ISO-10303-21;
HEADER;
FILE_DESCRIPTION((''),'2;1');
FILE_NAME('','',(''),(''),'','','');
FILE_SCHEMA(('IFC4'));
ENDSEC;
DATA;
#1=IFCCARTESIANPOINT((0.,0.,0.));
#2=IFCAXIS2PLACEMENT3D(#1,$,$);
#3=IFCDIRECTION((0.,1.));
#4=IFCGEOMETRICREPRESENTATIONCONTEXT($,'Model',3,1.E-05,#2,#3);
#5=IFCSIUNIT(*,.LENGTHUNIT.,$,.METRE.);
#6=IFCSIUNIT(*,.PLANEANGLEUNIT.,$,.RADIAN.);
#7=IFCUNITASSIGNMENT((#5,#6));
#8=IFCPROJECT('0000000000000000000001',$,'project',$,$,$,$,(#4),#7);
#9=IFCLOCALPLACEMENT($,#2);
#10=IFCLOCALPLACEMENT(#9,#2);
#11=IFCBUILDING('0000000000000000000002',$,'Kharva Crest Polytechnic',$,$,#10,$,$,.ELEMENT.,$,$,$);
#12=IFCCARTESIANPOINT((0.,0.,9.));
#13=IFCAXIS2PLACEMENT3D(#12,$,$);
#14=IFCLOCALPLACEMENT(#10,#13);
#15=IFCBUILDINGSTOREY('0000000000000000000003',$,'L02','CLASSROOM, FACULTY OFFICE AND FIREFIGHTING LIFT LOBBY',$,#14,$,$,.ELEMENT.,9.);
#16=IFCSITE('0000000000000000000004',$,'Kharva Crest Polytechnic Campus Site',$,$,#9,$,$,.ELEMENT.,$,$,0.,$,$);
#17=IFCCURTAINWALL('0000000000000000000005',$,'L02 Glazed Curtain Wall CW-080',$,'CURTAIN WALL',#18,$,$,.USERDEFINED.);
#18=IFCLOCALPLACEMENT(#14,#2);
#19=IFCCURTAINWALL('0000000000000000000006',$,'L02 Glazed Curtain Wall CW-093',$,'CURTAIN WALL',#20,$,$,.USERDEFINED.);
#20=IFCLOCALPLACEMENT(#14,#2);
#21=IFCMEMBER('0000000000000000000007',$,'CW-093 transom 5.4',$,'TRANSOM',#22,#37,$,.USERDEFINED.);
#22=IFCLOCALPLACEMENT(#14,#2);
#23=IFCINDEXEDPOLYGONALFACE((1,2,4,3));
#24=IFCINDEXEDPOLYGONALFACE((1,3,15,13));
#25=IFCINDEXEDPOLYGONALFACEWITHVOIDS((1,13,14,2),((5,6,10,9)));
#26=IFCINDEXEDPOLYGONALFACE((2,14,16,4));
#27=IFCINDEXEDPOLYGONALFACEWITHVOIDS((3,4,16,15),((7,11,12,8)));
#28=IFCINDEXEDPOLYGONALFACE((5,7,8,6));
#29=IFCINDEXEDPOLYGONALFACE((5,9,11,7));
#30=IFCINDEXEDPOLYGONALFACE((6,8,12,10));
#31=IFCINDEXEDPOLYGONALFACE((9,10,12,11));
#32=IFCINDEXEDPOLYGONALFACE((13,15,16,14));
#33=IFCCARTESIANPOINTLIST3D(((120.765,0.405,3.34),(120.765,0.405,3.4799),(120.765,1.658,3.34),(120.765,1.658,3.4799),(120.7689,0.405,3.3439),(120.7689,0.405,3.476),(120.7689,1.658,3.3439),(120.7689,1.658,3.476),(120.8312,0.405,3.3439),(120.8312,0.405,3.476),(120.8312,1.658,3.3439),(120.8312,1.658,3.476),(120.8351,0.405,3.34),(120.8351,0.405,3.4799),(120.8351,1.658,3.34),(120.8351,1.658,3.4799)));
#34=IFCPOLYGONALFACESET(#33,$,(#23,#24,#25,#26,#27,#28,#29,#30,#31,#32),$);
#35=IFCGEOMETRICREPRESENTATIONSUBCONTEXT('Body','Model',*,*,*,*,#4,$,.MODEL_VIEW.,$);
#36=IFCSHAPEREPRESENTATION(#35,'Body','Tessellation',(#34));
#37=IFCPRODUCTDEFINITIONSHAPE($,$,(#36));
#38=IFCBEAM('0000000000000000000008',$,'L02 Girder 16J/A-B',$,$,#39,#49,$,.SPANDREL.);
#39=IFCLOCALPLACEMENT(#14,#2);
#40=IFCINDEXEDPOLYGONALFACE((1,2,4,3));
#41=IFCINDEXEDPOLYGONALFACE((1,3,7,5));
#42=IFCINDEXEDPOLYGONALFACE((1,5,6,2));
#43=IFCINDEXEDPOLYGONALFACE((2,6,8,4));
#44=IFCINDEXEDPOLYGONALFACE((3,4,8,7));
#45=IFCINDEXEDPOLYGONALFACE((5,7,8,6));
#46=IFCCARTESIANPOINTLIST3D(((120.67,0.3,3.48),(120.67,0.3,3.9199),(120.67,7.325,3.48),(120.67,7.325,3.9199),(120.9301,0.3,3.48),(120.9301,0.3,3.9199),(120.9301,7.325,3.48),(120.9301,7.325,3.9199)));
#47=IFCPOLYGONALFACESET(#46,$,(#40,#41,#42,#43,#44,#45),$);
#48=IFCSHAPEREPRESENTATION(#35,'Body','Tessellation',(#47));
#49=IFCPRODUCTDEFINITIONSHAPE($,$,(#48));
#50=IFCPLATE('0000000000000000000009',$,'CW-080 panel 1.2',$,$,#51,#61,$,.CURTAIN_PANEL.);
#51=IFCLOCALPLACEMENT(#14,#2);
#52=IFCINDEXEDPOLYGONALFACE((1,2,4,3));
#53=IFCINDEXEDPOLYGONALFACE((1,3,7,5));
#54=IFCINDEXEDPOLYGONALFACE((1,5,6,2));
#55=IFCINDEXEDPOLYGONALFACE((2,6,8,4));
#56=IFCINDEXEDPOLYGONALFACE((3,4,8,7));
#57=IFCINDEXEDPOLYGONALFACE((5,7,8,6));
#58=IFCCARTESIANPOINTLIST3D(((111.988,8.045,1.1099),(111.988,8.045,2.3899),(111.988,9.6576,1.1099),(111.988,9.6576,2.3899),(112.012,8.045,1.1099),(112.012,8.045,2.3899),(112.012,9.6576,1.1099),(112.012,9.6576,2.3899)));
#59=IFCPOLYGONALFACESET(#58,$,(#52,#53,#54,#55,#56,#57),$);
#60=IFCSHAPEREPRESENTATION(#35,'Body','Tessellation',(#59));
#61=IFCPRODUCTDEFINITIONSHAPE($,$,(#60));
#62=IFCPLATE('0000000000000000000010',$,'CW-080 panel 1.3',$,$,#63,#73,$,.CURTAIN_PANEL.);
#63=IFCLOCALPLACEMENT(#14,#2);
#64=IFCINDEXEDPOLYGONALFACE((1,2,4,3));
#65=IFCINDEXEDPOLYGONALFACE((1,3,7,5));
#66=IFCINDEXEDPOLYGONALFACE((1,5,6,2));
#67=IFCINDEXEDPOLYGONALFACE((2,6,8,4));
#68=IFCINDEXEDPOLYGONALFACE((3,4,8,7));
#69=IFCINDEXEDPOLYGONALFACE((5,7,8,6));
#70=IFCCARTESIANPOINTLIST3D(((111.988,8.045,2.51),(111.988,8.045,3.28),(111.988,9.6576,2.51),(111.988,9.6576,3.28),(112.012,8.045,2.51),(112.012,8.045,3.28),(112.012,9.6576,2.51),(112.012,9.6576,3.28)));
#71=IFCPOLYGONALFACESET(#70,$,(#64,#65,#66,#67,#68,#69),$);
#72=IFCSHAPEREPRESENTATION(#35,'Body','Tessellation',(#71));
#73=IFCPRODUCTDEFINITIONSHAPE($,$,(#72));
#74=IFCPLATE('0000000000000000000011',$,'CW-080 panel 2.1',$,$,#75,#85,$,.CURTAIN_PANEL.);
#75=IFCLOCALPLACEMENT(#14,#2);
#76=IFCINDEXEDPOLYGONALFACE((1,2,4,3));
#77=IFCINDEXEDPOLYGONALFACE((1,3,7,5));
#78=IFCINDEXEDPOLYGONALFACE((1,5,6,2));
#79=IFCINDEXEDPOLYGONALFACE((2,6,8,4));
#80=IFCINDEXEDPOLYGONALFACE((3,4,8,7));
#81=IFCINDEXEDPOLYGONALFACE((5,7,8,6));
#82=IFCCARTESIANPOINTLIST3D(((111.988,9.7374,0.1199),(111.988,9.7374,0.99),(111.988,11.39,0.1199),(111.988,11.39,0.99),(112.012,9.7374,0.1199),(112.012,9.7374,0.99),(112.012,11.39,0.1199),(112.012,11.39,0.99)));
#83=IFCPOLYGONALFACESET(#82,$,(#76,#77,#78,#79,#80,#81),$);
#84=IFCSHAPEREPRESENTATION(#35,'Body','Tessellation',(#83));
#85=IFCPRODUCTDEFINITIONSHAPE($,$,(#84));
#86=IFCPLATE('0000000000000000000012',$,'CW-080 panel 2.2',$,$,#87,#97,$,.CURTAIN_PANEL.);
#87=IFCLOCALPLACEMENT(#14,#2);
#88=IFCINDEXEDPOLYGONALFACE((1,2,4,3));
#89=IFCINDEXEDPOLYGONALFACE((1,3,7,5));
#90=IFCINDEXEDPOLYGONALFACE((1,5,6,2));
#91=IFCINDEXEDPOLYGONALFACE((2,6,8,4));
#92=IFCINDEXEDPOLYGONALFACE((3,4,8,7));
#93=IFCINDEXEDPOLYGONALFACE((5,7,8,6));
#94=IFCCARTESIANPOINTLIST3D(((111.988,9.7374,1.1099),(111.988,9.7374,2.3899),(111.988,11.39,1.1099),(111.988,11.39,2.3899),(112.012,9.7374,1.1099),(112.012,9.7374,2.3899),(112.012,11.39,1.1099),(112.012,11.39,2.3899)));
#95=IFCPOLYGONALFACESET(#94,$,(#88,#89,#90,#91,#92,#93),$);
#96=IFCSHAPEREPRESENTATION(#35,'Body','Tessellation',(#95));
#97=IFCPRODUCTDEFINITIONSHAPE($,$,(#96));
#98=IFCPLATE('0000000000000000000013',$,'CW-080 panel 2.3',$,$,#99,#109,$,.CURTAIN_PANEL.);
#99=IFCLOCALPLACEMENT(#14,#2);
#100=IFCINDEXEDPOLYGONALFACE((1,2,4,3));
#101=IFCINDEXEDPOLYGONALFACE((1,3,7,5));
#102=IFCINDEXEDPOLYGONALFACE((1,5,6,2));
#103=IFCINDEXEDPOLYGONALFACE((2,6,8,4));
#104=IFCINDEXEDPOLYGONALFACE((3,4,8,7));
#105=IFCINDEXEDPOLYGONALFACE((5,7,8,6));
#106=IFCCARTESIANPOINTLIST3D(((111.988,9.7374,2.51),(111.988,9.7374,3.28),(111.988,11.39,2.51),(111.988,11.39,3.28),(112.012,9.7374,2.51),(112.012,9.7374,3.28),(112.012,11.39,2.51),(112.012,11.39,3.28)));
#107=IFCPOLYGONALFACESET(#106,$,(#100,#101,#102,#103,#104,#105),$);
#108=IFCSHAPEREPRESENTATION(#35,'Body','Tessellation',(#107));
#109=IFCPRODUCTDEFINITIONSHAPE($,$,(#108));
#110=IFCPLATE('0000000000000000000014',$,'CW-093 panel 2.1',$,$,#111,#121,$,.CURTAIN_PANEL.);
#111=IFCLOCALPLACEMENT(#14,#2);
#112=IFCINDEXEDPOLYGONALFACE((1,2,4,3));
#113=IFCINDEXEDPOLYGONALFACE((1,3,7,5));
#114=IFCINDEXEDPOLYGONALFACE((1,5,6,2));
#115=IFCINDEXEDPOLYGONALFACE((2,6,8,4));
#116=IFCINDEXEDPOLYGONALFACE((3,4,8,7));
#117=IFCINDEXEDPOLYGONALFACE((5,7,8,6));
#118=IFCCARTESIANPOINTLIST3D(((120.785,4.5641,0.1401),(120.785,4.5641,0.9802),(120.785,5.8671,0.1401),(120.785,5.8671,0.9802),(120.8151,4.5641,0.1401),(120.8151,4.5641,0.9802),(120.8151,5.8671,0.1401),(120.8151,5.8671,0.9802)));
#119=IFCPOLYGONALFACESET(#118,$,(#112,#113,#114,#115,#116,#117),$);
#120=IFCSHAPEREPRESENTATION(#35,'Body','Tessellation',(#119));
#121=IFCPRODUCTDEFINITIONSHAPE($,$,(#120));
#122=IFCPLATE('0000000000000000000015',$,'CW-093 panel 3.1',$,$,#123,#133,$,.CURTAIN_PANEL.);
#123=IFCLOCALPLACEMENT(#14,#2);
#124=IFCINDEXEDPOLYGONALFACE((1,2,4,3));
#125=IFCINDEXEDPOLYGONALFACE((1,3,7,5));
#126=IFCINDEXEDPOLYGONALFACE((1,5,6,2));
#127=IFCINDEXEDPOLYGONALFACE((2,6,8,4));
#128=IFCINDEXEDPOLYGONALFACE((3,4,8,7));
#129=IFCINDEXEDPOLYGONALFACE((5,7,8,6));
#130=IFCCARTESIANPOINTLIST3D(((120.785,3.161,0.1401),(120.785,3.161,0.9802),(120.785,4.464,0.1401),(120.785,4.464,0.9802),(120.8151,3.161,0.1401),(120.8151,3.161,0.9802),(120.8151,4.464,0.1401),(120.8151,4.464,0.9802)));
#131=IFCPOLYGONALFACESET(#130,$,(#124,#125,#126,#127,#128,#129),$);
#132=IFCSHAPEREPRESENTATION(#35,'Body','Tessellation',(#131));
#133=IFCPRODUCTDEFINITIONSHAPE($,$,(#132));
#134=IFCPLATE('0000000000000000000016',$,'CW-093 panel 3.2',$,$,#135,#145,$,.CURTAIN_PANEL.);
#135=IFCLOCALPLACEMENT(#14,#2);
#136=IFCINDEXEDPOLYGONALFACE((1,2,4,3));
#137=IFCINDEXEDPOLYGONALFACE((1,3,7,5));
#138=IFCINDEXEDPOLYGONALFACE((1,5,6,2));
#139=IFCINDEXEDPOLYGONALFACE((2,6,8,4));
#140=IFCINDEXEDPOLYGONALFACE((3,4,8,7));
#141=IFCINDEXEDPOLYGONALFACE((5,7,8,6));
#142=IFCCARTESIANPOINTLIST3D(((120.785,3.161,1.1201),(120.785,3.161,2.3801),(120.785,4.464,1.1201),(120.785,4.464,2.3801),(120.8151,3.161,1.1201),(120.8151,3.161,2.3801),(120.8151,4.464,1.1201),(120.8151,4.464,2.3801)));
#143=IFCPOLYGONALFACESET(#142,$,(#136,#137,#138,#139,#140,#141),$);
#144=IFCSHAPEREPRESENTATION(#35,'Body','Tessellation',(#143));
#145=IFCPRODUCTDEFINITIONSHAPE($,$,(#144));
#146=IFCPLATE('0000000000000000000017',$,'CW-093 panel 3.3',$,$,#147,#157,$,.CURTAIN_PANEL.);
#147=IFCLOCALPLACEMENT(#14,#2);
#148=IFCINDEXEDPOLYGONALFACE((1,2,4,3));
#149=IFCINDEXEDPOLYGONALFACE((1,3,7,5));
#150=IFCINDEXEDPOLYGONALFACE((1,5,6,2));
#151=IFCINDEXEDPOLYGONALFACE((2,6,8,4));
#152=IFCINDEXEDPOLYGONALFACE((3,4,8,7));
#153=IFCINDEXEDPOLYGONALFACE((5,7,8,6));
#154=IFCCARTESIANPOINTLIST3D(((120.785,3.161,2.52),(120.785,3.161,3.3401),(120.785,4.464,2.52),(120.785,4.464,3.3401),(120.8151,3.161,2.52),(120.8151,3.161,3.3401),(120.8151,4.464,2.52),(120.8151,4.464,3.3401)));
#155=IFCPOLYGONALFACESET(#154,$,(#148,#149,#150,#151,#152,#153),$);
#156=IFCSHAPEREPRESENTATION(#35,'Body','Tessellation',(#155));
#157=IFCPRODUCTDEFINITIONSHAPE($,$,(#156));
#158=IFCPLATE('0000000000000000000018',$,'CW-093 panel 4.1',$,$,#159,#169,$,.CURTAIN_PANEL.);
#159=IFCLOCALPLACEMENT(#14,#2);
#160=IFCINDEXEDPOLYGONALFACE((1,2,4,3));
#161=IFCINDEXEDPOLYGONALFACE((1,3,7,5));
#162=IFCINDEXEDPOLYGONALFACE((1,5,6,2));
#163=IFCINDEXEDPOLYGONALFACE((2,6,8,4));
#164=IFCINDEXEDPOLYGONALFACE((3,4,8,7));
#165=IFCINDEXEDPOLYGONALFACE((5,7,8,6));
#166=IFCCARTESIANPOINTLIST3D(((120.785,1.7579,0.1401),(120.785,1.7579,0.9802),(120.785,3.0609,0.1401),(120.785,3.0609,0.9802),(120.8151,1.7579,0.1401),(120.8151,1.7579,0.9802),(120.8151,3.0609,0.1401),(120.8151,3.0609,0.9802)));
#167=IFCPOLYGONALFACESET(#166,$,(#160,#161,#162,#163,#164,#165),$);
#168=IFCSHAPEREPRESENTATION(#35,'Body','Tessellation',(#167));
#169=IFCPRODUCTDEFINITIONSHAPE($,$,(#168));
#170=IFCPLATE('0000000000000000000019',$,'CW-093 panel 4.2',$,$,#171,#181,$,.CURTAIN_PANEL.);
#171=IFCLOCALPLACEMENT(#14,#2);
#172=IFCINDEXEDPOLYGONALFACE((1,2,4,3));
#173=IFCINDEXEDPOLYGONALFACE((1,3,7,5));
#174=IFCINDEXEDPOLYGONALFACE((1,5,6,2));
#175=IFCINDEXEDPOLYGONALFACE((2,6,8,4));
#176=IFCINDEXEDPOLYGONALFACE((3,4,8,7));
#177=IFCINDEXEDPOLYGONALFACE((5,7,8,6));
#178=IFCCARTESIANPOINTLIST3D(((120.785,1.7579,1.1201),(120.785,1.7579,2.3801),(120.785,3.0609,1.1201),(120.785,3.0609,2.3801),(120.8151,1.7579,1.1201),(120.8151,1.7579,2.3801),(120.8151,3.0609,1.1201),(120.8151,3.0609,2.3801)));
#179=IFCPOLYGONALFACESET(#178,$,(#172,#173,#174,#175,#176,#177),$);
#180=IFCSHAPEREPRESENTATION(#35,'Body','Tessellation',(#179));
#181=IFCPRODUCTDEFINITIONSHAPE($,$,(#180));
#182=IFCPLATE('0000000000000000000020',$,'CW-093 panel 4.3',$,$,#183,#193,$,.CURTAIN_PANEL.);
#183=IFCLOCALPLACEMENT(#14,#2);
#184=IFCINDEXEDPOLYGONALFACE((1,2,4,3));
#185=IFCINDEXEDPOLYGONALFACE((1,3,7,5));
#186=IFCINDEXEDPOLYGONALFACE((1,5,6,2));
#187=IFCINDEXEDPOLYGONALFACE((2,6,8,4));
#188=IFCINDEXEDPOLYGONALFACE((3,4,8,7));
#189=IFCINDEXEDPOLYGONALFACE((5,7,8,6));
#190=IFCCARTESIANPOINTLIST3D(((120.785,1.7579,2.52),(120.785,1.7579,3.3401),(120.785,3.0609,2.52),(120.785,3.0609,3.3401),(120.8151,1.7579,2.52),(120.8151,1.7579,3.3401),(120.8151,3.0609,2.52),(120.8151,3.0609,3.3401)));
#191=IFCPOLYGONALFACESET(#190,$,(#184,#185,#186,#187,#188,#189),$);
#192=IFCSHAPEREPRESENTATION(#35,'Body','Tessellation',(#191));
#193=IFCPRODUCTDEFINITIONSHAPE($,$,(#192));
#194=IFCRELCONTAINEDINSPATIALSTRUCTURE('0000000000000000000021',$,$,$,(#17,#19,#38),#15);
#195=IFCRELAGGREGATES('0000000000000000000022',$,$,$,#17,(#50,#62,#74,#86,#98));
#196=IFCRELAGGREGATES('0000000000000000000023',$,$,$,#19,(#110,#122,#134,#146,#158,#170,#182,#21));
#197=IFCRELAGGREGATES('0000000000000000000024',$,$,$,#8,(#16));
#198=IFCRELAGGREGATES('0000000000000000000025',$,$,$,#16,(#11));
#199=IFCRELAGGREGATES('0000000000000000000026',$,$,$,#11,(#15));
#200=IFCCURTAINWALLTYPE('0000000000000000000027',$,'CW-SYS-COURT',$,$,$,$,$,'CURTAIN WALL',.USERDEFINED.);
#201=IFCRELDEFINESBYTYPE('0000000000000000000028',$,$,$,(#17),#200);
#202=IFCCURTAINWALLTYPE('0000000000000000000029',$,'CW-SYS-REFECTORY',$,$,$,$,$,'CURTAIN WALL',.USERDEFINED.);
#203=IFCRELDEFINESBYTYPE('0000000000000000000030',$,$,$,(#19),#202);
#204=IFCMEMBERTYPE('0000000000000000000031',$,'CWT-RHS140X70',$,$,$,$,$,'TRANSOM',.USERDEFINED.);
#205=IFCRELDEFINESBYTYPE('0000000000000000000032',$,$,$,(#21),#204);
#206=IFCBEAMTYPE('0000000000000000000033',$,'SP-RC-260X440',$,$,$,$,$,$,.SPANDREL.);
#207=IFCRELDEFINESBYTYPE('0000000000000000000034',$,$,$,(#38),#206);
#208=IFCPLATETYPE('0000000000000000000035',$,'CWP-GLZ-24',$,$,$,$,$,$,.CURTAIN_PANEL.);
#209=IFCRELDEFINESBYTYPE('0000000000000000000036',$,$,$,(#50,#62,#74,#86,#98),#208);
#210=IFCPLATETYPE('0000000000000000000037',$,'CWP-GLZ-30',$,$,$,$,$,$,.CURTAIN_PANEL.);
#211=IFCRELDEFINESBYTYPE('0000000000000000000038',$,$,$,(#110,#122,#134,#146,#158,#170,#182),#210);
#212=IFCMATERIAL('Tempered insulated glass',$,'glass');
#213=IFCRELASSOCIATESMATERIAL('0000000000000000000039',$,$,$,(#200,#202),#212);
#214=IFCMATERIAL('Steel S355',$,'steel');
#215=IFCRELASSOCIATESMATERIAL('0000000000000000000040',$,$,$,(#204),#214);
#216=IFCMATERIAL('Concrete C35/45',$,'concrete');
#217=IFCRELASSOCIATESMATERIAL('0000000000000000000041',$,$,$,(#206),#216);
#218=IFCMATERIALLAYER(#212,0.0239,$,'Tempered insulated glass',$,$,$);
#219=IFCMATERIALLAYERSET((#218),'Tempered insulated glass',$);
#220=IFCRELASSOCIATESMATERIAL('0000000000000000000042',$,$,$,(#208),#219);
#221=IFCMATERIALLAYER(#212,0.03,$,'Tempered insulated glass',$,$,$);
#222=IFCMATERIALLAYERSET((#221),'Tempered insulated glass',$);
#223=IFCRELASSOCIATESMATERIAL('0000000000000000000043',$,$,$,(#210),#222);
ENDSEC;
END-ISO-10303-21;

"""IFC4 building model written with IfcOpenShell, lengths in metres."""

from ifc_helpers import new_model, si_unit, direction, frame, origin, origin_2d, place, context, subcontext, project, spatial, rectangle, hollow_rectangle, extrude, material, layer, layer_set, material_profile, profile_set, type_object, element, aggregate, save


model = new_model("IFC4")

# Units and contexts
model_context = context("Model", 3, precision=1e-05, world=origin(), true_north=direction((0.0, 1.0)))
body_context = subcontext(model_context, "Body", "Model", "MODEL_VIEW")
ifc_project = project(units=[si_unit("LENGTHUNIT", "METRE"), si_unit("PLANEANGLEUNIT", "RADIAN")], contexts=[model_context])

# Site, building, storey
site_placement = place(None, origin())
site = spatial("IfcSite", under=ifc_project, at=site_placement, Name="Kharva Crest Polytechnic Campus Site", CompositionType="ELEMENT", RefElevation=0.0)
building_placement = place(site_placement, origin())
building = spatial("IfcBuilding", under=site, at=building_placement, Name="Kharva Crest Polytechnic", CompositionType="ELEMENT")
storey_placement = place(building_placement, frame((0.0, 0.0, 9.0)))
storey = spatial("IfcBuildingStorey", under=building, at=storey_placement, Name="L02", Description="CLASSROOM, FACULTY OFFICE AND FIREFIGHTING LIFT LOBBY", CompositionType="ELEMENT", Elevation=9.0)

# Curtain wall
ifc_material_1 = material(Name="Tempered insulated glass", Category="glass")
curtain_wall_type_1 = type_object("IfcCurtainWallType", Name="CW-SYS-COURT", ElementType="CURTAIN WALL", PredefinedType="USERDEFINED", material=ifc_material_1)
curtain_wall_1_placement = place(storey_placement, origin())
curtain_wall_1 = element("IfcCurtainWall", 1, at=curtain_wall_1_placement, inside=storey, type_object=curtain_wall_type_1, Name="L02 Glazed Curtain Wall CW-080", ObjectType="CURTAIN WALL", PredefinedType="USERDEFINED")
ifc_material_2 = material(Name="Steel S355", Category="steel")

# Curtain wall
curtain_wall_type_2 = type_object("IfcCurtainWallType", Name="CW-SYS-REFECTORY", ElementType="CURTAIN WALL", PredefinedType="USERDEFINED", material=ifc_material_1)
curtain_wall_2_placement = place(storey_placement, origin())
curtain_wall_2 = element("IfcCurtainWall", 2, at=curtain_wall_2_placement, inside=storey, type_object=curtain_wall_type_2, Name="L02 Glazed Curtain Wall CW-093", ObjectType="CURTAIN WALL", PredefinedType="USERDEFINED")

# Member
ifc_material_profile_1 = material_profile(ifc_material_2, hollow_rectangle(XDim=0.0701, YDim=0.1399, WallThickness=0.0039, at=origin_2d()), Name="RHS 140X70X4.0")
ifc_profile_set_1 = profile_set([ifc_material_profile_1], Name="Steel S355")
member_type_1 = type_object("IfcMemberType", Name="CWT-RHS140X70", ElementType="TRANSOM", PredefinedType="USERDEFINED", material=ifc_profile_set_1)
member_1_placement = place(storey_placement, frame((120.8, 1.658, 3.4099), z_axis=(0.0, -1.0, 0.0), x_axis=(1.0, 0.0, 0.0)))
member_1 = element("IfcMember", 3, at=member_1_placement, type_object=member_type_1, Name="CW-093 transom 5.4", ObjectType="TRANSOM", PredefinedType="USERDEFINED", context=body_context, shape_type="SweptSolid", body=[
    extrude(hollow_rectangle(XDim=0.0701, YDim=0.1399, WallThickness=0.0039, at=origin_2d()), origin(), (0.0, 0.0, 1.0), 1.2529),
])

# Beam
ifc_material_3 = material(Name="Concrete C35/45", Category="concrete")
ifc_material_profile_2 = material_profile(ifc_material_3, rectangle(XDim=0.26, YDim=0.4399, at=origin_2d()), Name="RECT 260 X 440")
ifc_profile_set_2 = profile_set([ifc_material_profile_2], Name="Concrete C35/45")
beam_type = type_object("IfcBeamType", Name="SP-RC-260X440", PredefinedType="SPANDREL", material=ifc_profile_set_2)
beam_placement = place(storey_placement, frame((120.8, 0.3, 3.7), z_axis=(0.0, 1.0, 0.0), x_axis=(-1.0, 0.0, 0.0)))
element("IfcBeam", 4, at=beam_placement, inside=storey, type_object=beam_type, Name="L02 Girder 16J/A-B", PredefinedType="SPANDREL", context=body_context, shape_type="SweptSolid", body=[
    extrude(rectangle(XDim=0.26, YDim=0.4399, at=origin_2d()), origin(), (0.0, 0.0, 1.0), 7.0249),
])

# Plates
ifc_layer_1 = layer(ifc_material_1, 0.0239, Name="Tempered insulated glass")
ifc_layer_set_1 = layer_set([ifc_layer_1], Name="Tempered insulated glass")
plate_type_1 = type_object("IfcPlateType", Name="CWP-GLZ-24", PredefinedType="CURTAIN_PANEL", material=ifc_layer_set_1)
plate_1_placement = place(storey_placement, frame((112.0, 8.8513, 1.1099), z_axis=(0.0, 0.0, 1.0), x_axis=(0.0, 1.0, 0.0)))
plate_1 = element("IfcPlate", 5, at=plate_1_placement, type_object=plate_type_1, Name="CW-080 panel 1.2", PredefinedType="CURTAIN_PANEL", context=body_context, shape_type="SweptSolid", body=[
    extrude(rectangle(XDim=1.6125, YDim=0.0239, at=origin_2d()), origin(), (0.0, 0.0, 1.0), 1.28),
])
plate_2_placement = place(storey_placement, frame((112.0, 8.8513, 2.51), z_axis=(0.0, 0.0, 1.0), x_axis=(0.0, 1.0, 0.0)))
plate_2 = element("IfcPlate", 6, at=plate_2_placement, type_object=plate_type_1, Name="CW-080 panel 1.3", PredefinedType="CURTAIN_PANEL", context=body_context, shape_type="SweptSolid", body=[
    extrude(rectangle(XDim=1.6125, YDim=0.0239, at=origin_2d()), origin(), (0.0, 0.0, 1.0), 0.77),
])
plate_3_placement = place(storey_placement, frame((112.0, 10.5637, 0.1199), z_axis=(0.0, 0.0, 1.0), x_axis=(0.0, 1.0, 0.0)))
plate_3 = element("IfcPlate", 7, at=plate_3_placement, type_object=plate_type_1, Name="CW-080 panel 2.1", PredefinedType="CURTAIN_PANEL", context=body_context, shape_type="SweptSolid", body=[
    extrude(rectangle(XDim=1.6526, YDim=0.0239, at=origin_2d()), origin(), (0.0, 0.0, 1.0), 0.8701),
])
plate_4_placement = place(storey_placement, frame((112.0, 10.5637, 1.1099), z_axis=(0.0, 0.0, 1.0), x_axis=(0.0, 1.0, 0.0)))
plate_4 = element("IfcPlate", 8, at=plate_4_placement, type_object=plate_type_1, Name="CW-080 panel 2.2", PredefinedType="CURTAIN_PANEL", context=body_context, shape_type="SweptSolid", body=[
    extrude(rectangle(XDim=1.6526, YDim=0.0239, at=origin_2d()), origin(), (0.0, 0.0, 1.0), 1.28),
])
plate_5_placement = place(storey_placement, frame((112.0, 10.5637, 2.51), z_axis=(0.0, 0.0, 1.0), x_axis=(0.0, 1.0, 0.0)))
plate_5 = element("IfcPlate", 9, at=plate_5_placement, type_object=plate_type_1, Name="CW-080 panel 2.3", PredefinedType="CURTAIN_PANEL", context=body_context, shape_type="SweptSolid", body=[
    extrude(rectangle(XDim=1.6526, YDim=0.0239, at=origin_2d()), origin(), (0.0, 0.0, 1.0), 0.77),
])
aggregate(curtain_wall_1, [plate_1, plate_2, plate_3, plate_4, plate_5])
ifc_layer_2 = layer(ifc_material_1, 0.03, Name="Tempered insulated glass")
ifc_layer_set_2 = layer_set([ifc_layer_2], Name="Tempered insulated glass")
plate_type_2 = type_object("IfcPlateType", Name="CWP-GLZ-30", PredefinedType="CURTAIN_PANEL", material=ifc_layer_set_2)
plate_6_placement = place(storey_placement, frame((120.8, 5.2156, 0.1401), z_axis=(0.0, 0.0, 1.0), x_axis=(0.0, -1.0, 0.0)))
plate_6 = element("IfcPlate", 10, at=plate_6_placement, type_object=plate_type_2, Name="CW-093 panel 2.1", PredefinedType="CURTAIN_PANEL", context=body_context, shape_type="SweptSolid", body=[
    extrude(rectangle(XDim=1.303, YDim=0.03, at=origin_2d()), origin(), (0.0, 0.0, 1.0), 0.8401),
])
plate_7_placement = place(storey_placement, frame((120.8, 3.8125, 0.1401), z_axis=(0.0, 0.0, 1.0), x_axis=(0.0, -1.0, 0.0)))
plate_7 = element("IfcPlate", 11, at=plate_7_placement, type_object=plate_type_2, Name="CW-093 panel 3.1", PredefinedType="CURTAIN_PANEL", context=body_context, shape_type="SweptSolid", body=[
    extrude(rectangle(XDim=1.303, YDim=0.03, at=origin_2d()), origin(), (0.0, 0.0, 1.0), 0.8401),
])
plate_8_placement = place(storey_placement, frame((120.8, 3.8125, 1.1201), z_axis=(0.0, 0.0, 1.0), x_axis=(0.0, -1.0, 0.0)))
plate_8 = element("IfcPlate", 12, at=plate_8_placement, type_object=plate_type_2, Name="CW-093 panel 3.2", PredefinedType="CURTAIN_PANEL", context=body_context, shape_type="SweptSolid", body=[
    extrude(rectangle(XDim=1.303, YDim=0.03, at=origin_2d()), origin(), (0.0, 0.0, 1.0), 1.26),
])
plate_9_placement = place(storey_placement, frame((120.8, 3.8125, 2.52), z_axis=(0.0, 0.0, 1.0), x_axis=(0.0, -1.0, 0.0)))
plate_9 = element("IfcPlate", 13, at=plate_9_placement, type_object=plate_type_2, Name="CW-093 panel 3.3", PredefinedType="CURTAIN_PANEL", context=body_context, shape_type="SweptSolid", body=[
    extrude(rectangle(XDim=1.303, YDim=0.03, at=origin_2d()), origin(), (0.0, 0.0, 1.0), 0.8201),
])
plate_10_placement = place(storey_placement, frame((120.8, 2.4094, 0.1401), z_axis=(0.0, 0.0, 1.0), x_axis=(0.0, -1.0, 0.0)))
plate_10 = element("IfcPlate", 14, at=plate_10_placement, type_object=plate_type_2, Name="CW-093 panel 4.1", PredefinedType="CURTAIN_PANEL", context=body_context, shape_type="SweptSolid", body=[
    extrude(rectangle(XDim=1.303, YDim=0.03, at=origin_2d()), origin(), (0.0, 0.0, 1.0), 0.8401),
])
plate_11_placement = place(storey_placement, frame((120.8, 2.4094, 1.1201), z_axis=(0.0, 0.0, 1.0), x_axis=(0.0, -1.0, 0.0)))
plate_11 = element("IfcPlate", 15, at=plate_11_placement, type_object=plate_type_2, Name="CW-093 panel 4.2", PredefinedType="CURTAIN_PANEL", context=body_context, shape_type="SweptSolid", body=[
    extrude(rectangle(XDim=1.303, YDim=0.03, at=origin_2d()), origin(), (0.0, 0.0, 1.0), 1.26),
])
plate_12_placement = place(storey_placement, frame((120.8, 2.4094, 2.52), z_axis=(0.0, 0.0, 1.0), x_axis=(0.0, -1.0, 0.0)))
plate_12 = element("IfcPlate", 16, at=plate_12_placement, type_object=plate_type_2, Name="CW-093 panel 4.3", PredefinedType="CURTAIN_PANEL", context=body_context, shape_type="SweptSolid", body=[
    extrude(rectangle(XDim=1.303, YDim=0.03, at=origin_2d()), origin(), (0.0, 0.0, 1.0), 0.8201),
])
aggregate(curtain_wall_2, [plate_6, plate_7, plate_8, plate_9, plate_10, plate_11, plate_12, member_1])

save(model, "model.ifc")
